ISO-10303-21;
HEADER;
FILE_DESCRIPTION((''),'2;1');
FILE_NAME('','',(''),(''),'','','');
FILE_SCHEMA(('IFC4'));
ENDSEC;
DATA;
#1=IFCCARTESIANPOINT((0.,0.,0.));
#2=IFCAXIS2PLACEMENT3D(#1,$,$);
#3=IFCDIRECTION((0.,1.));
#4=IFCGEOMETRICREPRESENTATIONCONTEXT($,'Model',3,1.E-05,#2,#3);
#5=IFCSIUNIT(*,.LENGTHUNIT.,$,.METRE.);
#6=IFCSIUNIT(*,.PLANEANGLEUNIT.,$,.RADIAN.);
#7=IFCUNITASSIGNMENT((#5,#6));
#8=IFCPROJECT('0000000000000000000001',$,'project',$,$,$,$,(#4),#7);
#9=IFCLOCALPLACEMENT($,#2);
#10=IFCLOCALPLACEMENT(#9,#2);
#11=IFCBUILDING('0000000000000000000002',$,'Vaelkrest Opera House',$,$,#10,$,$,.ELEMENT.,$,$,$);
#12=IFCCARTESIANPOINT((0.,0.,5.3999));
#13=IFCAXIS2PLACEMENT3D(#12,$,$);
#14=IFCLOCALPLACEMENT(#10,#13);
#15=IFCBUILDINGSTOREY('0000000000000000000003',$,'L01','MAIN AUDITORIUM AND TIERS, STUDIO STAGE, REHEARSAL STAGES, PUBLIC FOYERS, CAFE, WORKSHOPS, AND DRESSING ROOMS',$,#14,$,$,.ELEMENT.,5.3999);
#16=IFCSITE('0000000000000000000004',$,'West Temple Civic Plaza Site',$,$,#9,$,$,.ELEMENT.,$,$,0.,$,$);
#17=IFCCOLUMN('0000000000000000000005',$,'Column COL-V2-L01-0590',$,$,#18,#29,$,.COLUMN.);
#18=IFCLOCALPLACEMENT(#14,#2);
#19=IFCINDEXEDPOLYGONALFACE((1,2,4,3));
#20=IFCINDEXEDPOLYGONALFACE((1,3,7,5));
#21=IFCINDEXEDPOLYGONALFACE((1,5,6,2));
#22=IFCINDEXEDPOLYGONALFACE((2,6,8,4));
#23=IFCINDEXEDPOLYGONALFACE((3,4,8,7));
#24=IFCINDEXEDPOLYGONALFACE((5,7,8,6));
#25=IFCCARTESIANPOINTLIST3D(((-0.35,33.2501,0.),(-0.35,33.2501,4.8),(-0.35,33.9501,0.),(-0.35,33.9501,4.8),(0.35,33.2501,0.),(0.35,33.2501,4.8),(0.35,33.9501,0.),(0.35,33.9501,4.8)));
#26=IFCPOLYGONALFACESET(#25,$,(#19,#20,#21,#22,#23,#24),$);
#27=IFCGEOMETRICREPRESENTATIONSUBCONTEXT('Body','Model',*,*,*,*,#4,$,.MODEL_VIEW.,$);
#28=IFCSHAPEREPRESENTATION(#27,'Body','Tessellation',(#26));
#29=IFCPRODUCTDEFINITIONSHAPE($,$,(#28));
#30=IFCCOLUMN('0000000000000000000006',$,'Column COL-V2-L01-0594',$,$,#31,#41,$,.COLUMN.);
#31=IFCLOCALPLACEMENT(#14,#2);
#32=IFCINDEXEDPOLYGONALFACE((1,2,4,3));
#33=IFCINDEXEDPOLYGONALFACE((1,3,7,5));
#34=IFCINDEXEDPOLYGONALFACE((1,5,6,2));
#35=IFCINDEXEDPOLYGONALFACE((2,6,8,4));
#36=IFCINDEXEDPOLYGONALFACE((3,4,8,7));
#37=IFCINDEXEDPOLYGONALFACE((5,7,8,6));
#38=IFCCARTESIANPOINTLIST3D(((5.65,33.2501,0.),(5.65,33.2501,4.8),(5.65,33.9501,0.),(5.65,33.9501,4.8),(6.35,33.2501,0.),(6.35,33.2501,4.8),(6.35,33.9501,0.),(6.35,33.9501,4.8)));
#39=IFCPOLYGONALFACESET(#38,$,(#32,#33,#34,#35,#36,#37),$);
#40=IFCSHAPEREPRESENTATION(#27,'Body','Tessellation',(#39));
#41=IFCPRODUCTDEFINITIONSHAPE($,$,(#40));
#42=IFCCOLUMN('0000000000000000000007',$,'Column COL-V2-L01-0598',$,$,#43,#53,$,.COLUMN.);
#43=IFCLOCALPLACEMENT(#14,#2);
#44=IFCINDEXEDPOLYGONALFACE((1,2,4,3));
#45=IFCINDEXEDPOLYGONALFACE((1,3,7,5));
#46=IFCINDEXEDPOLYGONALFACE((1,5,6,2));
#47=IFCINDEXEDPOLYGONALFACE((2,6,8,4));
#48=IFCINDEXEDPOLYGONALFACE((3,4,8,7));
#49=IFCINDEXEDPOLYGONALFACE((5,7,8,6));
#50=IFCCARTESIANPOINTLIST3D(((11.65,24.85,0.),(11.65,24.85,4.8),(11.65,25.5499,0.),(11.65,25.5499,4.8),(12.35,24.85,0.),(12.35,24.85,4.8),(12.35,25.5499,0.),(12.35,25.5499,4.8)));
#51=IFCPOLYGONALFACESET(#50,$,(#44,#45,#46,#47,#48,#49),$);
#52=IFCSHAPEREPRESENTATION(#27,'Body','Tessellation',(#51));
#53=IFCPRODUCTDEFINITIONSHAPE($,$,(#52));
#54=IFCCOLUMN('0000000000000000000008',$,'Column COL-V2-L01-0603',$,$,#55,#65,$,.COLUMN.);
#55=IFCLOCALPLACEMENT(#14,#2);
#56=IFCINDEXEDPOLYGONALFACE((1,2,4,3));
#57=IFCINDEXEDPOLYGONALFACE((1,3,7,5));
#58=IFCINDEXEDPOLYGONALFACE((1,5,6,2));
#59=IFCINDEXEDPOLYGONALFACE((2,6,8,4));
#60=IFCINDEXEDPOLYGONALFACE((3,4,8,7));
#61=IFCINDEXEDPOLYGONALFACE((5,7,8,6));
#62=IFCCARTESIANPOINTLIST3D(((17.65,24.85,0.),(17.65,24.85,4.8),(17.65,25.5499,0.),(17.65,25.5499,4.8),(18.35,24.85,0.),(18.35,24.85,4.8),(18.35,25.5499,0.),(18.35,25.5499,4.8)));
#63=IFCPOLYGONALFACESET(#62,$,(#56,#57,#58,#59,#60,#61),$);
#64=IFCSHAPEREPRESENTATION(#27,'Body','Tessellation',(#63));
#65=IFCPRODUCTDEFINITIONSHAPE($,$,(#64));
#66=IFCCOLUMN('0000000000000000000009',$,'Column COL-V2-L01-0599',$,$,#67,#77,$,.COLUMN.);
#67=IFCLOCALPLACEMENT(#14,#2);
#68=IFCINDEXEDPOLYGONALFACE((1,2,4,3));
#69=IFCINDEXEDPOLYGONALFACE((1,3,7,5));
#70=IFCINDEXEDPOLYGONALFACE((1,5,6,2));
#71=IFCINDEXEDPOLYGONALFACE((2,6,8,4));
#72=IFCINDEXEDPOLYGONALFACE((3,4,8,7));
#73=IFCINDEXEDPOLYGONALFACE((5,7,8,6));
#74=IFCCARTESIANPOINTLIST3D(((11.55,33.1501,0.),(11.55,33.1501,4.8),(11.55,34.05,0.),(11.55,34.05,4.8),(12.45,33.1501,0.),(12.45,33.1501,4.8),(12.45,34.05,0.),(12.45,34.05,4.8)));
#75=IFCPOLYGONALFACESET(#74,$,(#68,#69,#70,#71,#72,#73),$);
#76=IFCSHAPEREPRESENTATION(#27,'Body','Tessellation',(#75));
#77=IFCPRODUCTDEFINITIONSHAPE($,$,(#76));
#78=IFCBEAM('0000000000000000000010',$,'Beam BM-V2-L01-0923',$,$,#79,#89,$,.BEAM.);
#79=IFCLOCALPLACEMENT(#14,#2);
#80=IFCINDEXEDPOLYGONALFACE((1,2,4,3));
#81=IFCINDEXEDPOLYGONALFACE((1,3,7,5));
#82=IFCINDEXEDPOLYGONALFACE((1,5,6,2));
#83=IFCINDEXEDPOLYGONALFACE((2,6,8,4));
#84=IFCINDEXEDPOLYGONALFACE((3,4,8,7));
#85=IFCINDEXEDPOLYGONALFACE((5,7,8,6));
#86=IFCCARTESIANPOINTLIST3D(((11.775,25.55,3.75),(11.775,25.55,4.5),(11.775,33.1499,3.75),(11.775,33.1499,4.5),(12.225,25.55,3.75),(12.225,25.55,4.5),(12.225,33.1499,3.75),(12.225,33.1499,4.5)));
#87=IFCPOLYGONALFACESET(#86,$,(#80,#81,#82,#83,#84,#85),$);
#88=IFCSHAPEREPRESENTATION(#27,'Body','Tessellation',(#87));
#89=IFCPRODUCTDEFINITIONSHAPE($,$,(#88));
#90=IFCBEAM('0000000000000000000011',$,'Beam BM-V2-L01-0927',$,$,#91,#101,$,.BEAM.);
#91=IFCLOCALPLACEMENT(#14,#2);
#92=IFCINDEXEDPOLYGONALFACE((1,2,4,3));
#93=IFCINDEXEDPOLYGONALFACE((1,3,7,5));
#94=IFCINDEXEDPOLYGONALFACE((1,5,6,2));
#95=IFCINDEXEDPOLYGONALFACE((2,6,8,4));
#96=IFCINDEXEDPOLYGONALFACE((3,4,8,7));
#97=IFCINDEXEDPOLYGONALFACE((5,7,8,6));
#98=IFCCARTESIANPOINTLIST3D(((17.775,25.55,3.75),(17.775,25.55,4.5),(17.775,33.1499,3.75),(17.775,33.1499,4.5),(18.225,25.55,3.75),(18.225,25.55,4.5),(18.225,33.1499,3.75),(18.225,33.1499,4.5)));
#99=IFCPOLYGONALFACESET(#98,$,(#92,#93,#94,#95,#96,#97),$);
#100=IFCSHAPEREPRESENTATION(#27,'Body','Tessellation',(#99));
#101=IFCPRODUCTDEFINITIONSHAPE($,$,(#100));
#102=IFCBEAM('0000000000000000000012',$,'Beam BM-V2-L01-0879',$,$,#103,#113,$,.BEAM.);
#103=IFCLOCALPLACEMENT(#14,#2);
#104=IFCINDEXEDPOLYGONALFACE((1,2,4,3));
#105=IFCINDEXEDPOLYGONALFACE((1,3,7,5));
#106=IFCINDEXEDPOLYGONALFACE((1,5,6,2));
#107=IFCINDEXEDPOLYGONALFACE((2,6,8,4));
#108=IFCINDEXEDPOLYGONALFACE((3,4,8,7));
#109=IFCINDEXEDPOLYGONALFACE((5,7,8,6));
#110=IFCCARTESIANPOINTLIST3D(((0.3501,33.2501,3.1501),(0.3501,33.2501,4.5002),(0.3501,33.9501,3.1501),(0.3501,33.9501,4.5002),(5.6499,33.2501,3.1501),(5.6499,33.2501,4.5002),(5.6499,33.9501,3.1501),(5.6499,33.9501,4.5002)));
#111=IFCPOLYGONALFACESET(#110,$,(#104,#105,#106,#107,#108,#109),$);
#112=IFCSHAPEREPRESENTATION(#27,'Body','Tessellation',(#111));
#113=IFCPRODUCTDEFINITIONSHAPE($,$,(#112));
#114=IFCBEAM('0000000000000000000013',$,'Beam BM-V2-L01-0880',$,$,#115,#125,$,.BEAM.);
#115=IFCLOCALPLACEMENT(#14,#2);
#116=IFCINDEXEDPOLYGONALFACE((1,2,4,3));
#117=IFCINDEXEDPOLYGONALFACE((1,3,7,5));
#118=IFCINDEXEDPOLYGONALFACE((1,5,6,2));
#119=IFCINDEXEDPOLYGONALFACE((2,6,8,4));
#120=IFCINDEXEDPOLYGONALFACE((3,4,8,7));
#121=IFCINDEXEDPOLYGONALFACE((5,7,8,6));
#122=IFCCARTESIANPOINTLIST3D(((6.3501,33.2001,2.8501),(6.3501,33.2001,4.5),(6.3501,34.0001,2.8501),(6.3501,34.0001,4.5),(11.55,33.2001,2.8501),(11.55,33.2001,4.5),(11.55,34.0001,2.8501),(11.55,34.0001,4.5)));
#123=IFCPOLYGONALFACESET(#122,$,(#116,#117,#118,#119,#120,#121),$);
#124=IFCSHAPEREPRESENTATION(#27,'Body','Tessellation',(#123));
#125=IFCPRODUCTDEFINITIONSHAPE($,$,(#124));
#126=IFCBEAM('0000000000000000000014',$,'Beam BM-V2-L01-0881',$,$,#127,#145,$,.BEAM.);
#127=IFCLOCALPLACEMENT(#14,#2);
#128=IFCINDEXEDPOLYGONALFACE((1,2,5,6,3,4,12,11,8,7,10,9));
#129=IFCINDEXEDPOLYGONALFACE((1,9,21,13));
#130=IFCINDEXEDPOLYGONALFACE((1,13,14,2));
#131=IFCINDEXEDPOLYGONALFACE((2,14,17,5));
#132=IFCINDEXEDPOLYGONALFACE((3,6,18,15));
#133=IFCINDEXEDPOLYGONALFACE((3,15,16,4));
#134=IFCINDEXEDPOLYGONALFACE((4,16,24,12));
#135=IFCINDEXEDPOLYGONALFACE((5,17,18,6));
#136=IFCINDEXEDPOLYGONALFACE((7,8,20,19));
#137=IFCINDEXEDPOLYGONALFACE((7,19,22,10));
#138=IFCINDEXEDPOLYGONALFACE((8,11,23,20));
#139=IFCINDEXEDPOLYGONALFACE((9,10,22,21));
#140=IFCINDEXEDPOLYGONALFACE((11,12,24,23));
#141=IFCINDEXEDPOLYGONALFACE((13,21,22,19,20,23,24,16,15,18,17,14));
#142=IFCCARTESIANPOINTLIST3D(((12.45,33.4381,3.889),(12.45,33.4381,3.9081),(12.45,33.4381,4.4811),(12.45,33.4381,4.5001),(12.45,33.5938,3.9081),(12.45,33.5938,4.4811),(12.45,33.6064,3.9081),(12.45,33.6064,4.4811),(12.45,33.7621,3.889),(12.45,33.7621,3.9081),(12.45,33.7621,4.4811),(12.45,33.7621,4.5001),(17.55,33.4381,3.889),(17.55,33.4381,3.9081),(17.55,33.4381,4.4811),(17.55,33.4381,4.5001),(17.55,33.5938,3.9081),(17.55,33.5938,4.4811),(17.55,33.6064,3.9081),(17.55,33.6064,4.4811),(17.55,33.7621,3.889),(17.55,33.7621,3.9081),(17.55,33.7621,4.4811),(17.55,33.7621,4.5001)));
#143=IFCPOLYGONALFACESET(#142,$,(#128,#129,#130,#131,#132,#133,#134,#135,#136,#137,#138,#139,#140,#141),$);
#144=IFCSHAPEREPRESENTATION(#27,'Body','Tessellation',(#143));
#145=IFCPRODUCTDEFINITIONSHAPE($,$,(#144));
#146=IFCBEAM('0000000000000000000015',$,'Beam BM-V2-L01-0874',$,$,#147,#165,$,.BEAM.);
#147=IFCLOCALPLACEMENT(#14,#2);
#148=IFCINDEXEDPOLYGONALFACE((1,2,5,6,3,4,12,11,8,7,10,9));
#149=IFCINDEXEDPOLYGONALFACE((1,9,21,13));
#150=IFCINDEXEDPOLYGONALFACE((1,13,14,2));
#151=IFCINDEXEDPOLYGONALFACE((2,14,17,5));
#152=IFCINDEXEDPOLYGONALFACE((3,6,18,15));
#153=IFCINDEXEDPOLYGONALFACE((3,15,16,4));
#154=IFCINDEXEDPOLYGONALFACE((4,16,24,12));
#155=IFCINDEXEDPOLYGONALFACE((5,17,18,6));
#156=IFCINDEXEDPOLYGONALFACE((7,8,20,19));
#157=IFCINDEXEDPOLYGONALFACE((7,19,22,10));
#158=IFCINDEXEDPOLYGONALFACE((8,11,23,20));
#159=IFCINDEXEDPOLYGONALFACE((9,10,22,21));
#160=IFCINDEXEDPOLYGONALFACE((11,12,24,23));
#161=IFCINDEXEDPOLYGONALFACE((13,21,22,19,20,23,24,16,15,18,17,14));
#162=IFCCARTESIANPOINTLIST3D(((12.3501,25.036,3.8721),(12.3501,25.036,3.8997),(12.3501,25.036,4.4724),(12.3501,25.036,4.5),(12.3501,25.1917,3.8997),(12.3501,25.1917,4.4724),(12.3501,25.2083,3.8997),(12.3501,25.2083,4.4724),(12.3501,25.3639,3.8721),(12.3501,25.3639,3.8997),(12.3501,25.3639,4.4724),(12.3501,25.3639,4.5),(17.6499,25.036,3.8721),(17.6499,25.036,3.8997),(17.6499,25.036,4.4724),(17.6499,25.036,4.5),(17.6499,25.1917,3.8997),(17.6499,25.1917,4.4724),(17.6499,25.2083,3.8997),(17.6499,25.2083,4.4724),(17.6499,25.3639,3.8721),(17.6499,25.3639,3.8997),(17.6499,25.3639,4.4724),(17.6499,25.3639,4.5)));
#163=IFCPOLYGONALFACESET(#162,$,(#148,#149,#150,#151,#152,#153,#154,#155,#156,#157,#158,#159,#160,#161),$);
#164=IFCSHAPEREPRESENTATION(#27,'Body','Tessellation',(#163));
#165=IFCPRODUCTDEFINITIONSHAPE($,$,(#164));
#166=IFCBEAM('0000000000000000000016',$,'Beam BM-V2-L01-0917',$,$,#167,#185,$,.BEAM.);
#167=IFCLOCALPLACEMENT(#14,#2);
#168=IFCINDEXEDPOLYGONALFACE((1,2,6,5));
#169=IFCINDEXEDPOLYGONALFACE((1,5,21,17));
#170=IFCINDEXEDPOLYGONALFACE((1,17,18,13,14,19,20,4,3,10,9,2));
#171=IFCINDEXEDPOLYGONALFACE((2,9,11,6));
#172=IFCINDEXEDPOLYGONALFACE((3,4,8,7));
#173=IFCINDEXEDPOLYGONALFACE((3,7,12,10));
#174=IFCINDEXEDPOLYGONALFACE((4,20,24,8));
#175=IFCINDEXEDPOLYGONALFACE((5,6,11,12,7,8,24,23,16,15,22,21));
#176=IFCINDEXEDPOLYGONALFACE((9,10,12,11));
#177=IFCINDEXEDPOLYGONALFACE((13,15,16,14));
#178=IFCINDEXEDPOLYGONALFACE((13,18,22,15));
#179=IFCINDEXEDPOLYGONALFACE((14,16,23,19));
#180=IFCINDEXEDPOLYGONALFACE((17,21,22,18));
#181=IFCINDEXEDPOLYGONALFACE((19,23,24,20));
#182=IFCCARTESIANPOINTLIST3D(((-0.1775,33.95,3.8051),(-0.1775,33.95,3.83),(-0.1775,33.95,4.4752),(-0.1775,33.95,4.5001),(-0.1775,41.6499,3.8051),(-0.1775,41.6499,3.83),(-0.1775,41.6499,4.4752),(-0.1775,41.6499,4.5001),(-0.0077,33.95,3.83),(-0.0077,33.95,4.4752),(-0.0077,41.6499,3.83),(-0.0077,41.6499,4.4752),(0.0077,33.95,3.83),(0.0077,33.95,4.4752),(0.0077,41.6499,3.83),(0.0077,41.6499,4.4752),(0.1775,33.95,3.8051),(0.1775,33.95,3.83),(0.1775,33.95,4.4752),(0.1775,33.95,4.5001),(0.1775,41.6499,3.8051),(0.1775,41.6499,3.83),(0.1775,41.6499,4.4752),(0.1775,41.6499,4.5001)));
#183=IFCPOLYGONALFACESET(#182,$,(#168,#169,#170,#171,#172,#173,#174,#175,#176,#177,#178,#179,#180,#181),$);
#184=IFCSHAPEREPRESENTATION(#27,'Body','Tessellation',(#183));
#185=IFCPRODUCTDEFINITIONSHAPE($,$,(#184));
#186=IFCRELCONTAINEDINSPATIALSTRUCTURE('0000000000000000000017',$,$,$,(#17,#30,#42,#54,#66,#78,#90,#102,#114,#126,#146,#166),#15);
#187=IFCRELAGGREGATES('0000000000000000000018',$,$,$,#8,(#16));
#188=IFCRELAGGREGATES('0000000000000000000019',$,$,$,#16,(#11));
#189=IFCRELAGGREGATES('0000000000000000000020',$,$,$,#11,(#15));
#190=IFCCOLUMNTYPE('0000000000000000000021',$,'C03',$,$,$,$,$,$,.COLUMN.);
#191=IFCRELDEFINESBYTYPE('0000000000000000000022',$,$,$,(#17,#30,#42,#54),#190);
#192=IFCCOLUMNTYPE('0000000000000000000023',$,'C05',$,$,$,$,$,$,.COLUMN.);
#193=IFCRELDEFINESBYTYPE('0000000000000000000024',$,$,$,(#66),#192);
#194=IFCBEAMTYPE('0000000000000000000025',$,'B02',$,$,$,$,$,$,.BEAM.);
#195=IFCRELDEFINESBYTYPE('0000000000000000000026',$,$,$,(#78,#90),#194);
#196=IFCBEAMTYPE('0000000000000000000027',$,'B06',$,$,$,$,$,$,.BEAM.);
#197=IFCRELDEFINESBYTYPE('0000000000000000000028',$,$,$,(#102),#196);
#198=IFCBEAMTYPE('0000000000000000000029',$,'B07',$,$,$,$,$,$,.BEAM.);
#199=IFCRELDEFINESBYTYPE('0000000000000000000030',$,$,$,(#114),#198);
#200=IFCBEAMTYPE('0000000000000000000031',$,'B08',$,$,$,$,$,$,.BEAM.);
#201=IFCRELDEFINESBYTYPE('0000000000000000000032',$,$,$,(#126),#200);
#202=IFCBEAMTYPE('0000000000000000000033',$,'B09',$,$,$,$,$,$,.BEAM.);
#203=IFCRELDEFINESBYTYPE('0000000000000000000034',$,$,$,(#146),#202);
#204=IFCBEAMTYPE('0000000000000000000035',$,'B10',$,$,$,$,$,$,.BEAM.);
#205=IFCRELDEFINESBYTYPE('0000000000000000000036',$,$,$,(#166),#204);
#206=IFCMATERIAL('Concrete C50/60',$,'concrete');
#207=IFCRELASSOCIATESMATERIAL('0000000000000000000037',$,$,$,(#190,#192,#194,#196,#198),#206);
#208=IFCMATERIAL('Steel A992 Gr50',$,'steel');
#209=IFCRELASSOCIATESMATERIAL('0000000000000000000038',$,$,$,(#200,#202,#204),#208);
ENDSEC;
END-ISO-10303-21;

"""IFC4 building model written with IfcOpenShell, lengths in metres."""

from ifc_helpers import new_model, si_unit, direction, frame, origin, origin_2d, place, context, subcontext, project, spatial, rectangle, i_section, extrude, material, material_profile, profile_set, type_object, element, save


model = new_model("IFC4")

# Units and contexts
model_context = context("Model", 3, precision=1e-05, world=origin(), true_north=direction((0.0, 1.0)))
body_context = subcontext(model_context, "Body", "Model", "MODEL_VIEW")
ifc_project = project(units=[si_unit("LENGTHUNIT", "METRE"), si_unit("PLANEANGLEUNIT", "RADIAN")], contexts=[model_context])

# Site, building, storey
site_placement = place(None, origin())
site = spatial("IfcSite", under=ifc_project, at=site_placement, Name="West Temple Civic Plaza Site", CompositionType="ELEMENT", RefElevation=0.0)
building_placement = place(site_placement, origin())
building = spatial("IfcBuilding", under=site, at=building_placement, Name="Vaelkrest Opera House", CompositionType="ELEMENT")
storey_placement = place(building_placement, frame((0.0, 0.0, 5.3999)))
storey = spatial("IfcBuildingStorey", under=building, at=storey_placement, Name="L01", Description="MAIN AUDITORIUM AND TIERS, STUDIO STAGE, REHEARSAL STAGES, PUBLIC FOYERS, CAFE, WORKSHOPS, AND DRESSING ROOMS", CompositionType="ELEMENT", Elevation=5.3999)

# Columns
ifc_material_1 = material(Name="Concrete C50/60", Category="concrete")
ifc_material_profile_1 = material_profile(ifc_material_1, rectangle(XDim=0.7, YDim=0.7, at=origin_2d()), Name="RC700X700")
ifc_profile_set_1 = profile_set([ifc_material_profile_1], Name="Concrete C50/60")
column_type_1 = type_object("IfcColumnType", Name="C03", PredefinedType="COLUMN", material=ifc_profile_set_1)
for number, where, z_axis, x_axis, name in (
    (1, (0.0, 33.6001, 0.0), (0.0, 0.0, 1.0), (1.0, 0.0, 0.0), "Column COL-V2-L01-0590"),
    (2, (6.0, 33.6001, 0.0), (0.0, 0.0, 1.0), (1.0, 0.0, 0.0), "Column COL-V2-L01-0594"),
    (3, (12.0, 25.2, 0.0), (0.0, 0.0, 1.0), (1.0, 0.0, 0.0), "Column COL-V2-L01-0598"),
    (4, (18.0, 25.2, 0.0), (0.0, 0.0, 1.0), (1.0, 0.0, 0.0), "Column COL-V2-L01-0603"),
):
    element("IfcColumn", number, at=place(storey_placement, frame(where, z_axis=z_axis, x_axis=x_axis)), inside=storey, type_object=column_type_1, Name=name, PredefinedType="COLUMN", context=body_context, shape_type="SweptSolid", body=[
        extrude(rectangle(XDim=0.7, YDim=0.7, at=origin_2d()), origin(), (0.0, 0.0, 1.0), 4.8),
    ])
ifc_material_profile_2 = material_profile(ifc_material_1, rectangle(XDim=0.8999, YDim=0.8999, at=origin_2d()), Name="RC900X900")
ifc_profile_set_2 = profile_set([ifc_material_profile_2], Name="Concrete C50/60")
column_type_2 = type_object("IfcColumnType", Name="C05", PredefinedType="COLUMN", material=ifc_profile_set_2)
column_placement = place(storey_placement, frame((12.0, 33.6001, 0.0), z_axis=(0.0, 0.0, 1.0), x_axis=(1.0, 0.0, 0.0)))
element("IfcColumn", 5, at=column_placement, inside=storey, type_object=column_type_2, Name="Column COL-V2-L01-0599", PredefinedType="COLUMN", context=body_context, shape_type="SweptSolid", body=[
    extrude(rectangle(XDim=0.8999, YDim=0.8999, at=origin_2d()), origin(), (0.0, 0.0, 1.0), 4.8),
])

# Beams
ifc_material_profile_3 = material_profile(ifc_material_1, rectangle(XDim=0.45, YDim=0.75, at=origin_2d()), Name="RCB450X750")
ifc_profile_set_3 = profile_set([ifc_material_profile_3], Name="Concrete C50/60")
beam_type_1 = type_object("IfcBeamType", Name="B02", PredefinedType="BEAM", material=ifc_profile_set_3)
for number, where, z_axis, x_axis, name in (
    (6, (12.0, 25.55, 4.125), (0.0, 1.0, 0.0), (-1.0, 0.0, 0.0), "Beam BM-V2-L01-0923"),
    (7, (18.0, 25.55, 4.125), (0.0, 1.0, 0.0), (-1.0, 0.0, 0.0), "Beam BM-V2-L01-0927"),
):
    element("IfcBeam", number, at=place(storey_placement, frame(where, z_axis=z_axis, x_axis=x_axis)), inside=storey, type_object=beam_type_1, Name=name, PredefinedType="BEAM", context=body_context, shape_type="SweptSolid", body=[
        extrude(rectangle(XDim=0.45, YDim=0.75, at=origin_2d()), origin(), (0.0, 0.0, 1.0), 7.5999),
    ])
ifc_material_profile_4 = material_profile(ifc_material_1, rectangle(XDim=0.7, YDim=1.3501, at=origin_2d()), Name="RCB700X1350")
ifc_profile_set_4 = profile_set([ifc_material_profile_4], Name="Concrete C50/60")
beam_type_2 = type_object("IfcBeamType", Name="B06", PredefinedType="BEAM", material=ifc_profile_set_4)
beam_1_placement = place(storey_placement, frame((0.3501, 33.6001, 3.8252), z_axis=(1.0, 0.0, 0.0), x_axis=(0.0, 1.0, 0.0)))
element("IfcBeam", 8, at=beam_1_placement, inside=storey, type_object=beam_type_2, Name="Beam BM-V2-L01-0879", PredefinedType="BEAM", context=body_context, shape_type="SweptSolid", body=[
    extrude(rectangle(XDim=0.7, YDim=1.3501, at=origin_2d()), origin(), (0.0, 0.0, 1.0), 5.2998),
])
ifc_material_profile_5 = material_profile(ifc_material_1, rectangle(XDim=0.8, YDim=1.6499, at=origin_2d()), Name="RCB800X1650")
ifc_profile_set_5 = profile_set([ifc_material_profile_5], Name="Concrete C50/60")
beam_type_3 = type_object("IfcBeamType", Name="B07", PredefinedType="BEAM", material=ifc_profile_set_5)
beam_2_placement = place(storey_placement, frame((6.3501, 33.6001, 3.675), z_axis=(1.0, 0.0, 0.0), x_axis=(0.0, 1.0, 0.0)))
element("IfcBeam", 9, at=beam_2_placement, inside=storey, type_object=beam_type_3, Name="Beam BM-V2-L01-0880", PredefinedType="BEAM", context=body_context, shape_type="SweptSolid", body=[
    extrude(rectangle(XDim=0.8, YDim=1.6499, at=origin_2d()), origin(), (0.0, 0.0, 1.0), 5.2),
])
ifc_material_2 = material(Name="Steel A992 Gr50", Category="steel")
ifc_material_profile_6 = material_profile(ifc_material_2, i_section(OverallWidth=0.324, OverallDepth=0.6111, WebThickness=0.0127, FlangeThickness=0.019, at=origin_2d()), Name="W24X104")
ifc_profile_set_6 = profile_set([ifc_material_profile_6], Name="Steel A992 Gr50")
beam_type_4 = type_object("IfcBeamType", Name="B08", PredefinedType="BEAM", material=ifc_profile_set_6)
beam_3_placement = place(storey_placement, frame((12.45, 33.6001, 4.1946), z_axis=(1.0, 0.0, 0.0), x_axis=(0.0, 1.0, 0.0)))
element("IfcBeam", 10, at=beam_3_placement, inside=storey, type_object=beam_type_4, Name="Beam BM-V2-L01-0881", PredefinedType="BEAM", context=body_context, shape_type="SweptSolid", body=[
    extrude(i_section(OverallWidth=0.324, OverallDepth=0.6111, WebThickness=0.0127, FlangeThickness=0.019, at=origin_2d()), origin(), (0.0, 0.0, 1.0), 5.1001),
])
ifc_material_profile_7 = material_profile(ifc_material_2, i_section(OverallWidth=0.3279, OverallDepth=0.6279, WebThickness=0.0166, FlangeThickness=0.0276, at=origin_2d()), Name="W24X146")
ifc_profile_set_7 = profile_set([ifc_material_profile_7], Name="Steel A992 Gr50")
beam_type_5 = type_object("IfcBeamType", Name="B09", PredefinedType="BEAM", material=ifc_profile_set_7)
beam_4_placement = place(storey_placement, frame((12.3501, 25.2, 4.186), z_axis=(1.0, 0.0, 0.0), x_axis=(0.0, 1.0, 0.0)))
element("IfcBeam", 11, at=beam_4_placement, inside=storey, type_object=beam_type_5, Name="Beam BM-V2-L01-0874", PredefinedType="BEAM", context=body_context, shape_type="SweptSolid", body=[
    extrude(i_section(OverallWidth=0.3279, OverallDepth=0.6279, WebThickness=0.0166, FlangeThickness=0.0276, at=origin_2d()), origin(), (0.0, 0.0, 1.0), 5.2998),
])
ifc_material_profile_8 = material_profile(ifc_material_2, i_section(OverallWidth=0.355, OverallDepth=0.6951, WebThickness=0.0154, FlangeThickness=0.0249, at=origin_2d()), Name="W27X146")
ifc_profile_set_8 = profile_set([ifc_material_profile_8], Name="Steel A992 Gr50")
beam_type_6 = type_object("IfcBeamType", Name="B10", PredefinedType="BEAM", material=ifc_profile_set_8)
beam_5_placement = place(storey_placement, frame((0.0, 33.95, 4.1526), z_axis=(0.0, 1.0, 0.0), x_axis=(-1.0, 0.0, 0.0)))
element("IfcBeam", 12, at=beam_5_placement, inside=storey, type_object=beam_type_6, Name="Beam BM-V2-L01-0917", PredefinedType="BEAM", context=body_context, shape_type="SweptSolid", body=[
    extrude(i_section(OverallWidth=0.355, OverallDepth=0.6951, WebThickness=0.0154, FlangeThickness=0.0249, at=origin_2d()), origin(), (0.0, 0.0, 1.0), 7.7),
])

save(model, "model.ifc")
